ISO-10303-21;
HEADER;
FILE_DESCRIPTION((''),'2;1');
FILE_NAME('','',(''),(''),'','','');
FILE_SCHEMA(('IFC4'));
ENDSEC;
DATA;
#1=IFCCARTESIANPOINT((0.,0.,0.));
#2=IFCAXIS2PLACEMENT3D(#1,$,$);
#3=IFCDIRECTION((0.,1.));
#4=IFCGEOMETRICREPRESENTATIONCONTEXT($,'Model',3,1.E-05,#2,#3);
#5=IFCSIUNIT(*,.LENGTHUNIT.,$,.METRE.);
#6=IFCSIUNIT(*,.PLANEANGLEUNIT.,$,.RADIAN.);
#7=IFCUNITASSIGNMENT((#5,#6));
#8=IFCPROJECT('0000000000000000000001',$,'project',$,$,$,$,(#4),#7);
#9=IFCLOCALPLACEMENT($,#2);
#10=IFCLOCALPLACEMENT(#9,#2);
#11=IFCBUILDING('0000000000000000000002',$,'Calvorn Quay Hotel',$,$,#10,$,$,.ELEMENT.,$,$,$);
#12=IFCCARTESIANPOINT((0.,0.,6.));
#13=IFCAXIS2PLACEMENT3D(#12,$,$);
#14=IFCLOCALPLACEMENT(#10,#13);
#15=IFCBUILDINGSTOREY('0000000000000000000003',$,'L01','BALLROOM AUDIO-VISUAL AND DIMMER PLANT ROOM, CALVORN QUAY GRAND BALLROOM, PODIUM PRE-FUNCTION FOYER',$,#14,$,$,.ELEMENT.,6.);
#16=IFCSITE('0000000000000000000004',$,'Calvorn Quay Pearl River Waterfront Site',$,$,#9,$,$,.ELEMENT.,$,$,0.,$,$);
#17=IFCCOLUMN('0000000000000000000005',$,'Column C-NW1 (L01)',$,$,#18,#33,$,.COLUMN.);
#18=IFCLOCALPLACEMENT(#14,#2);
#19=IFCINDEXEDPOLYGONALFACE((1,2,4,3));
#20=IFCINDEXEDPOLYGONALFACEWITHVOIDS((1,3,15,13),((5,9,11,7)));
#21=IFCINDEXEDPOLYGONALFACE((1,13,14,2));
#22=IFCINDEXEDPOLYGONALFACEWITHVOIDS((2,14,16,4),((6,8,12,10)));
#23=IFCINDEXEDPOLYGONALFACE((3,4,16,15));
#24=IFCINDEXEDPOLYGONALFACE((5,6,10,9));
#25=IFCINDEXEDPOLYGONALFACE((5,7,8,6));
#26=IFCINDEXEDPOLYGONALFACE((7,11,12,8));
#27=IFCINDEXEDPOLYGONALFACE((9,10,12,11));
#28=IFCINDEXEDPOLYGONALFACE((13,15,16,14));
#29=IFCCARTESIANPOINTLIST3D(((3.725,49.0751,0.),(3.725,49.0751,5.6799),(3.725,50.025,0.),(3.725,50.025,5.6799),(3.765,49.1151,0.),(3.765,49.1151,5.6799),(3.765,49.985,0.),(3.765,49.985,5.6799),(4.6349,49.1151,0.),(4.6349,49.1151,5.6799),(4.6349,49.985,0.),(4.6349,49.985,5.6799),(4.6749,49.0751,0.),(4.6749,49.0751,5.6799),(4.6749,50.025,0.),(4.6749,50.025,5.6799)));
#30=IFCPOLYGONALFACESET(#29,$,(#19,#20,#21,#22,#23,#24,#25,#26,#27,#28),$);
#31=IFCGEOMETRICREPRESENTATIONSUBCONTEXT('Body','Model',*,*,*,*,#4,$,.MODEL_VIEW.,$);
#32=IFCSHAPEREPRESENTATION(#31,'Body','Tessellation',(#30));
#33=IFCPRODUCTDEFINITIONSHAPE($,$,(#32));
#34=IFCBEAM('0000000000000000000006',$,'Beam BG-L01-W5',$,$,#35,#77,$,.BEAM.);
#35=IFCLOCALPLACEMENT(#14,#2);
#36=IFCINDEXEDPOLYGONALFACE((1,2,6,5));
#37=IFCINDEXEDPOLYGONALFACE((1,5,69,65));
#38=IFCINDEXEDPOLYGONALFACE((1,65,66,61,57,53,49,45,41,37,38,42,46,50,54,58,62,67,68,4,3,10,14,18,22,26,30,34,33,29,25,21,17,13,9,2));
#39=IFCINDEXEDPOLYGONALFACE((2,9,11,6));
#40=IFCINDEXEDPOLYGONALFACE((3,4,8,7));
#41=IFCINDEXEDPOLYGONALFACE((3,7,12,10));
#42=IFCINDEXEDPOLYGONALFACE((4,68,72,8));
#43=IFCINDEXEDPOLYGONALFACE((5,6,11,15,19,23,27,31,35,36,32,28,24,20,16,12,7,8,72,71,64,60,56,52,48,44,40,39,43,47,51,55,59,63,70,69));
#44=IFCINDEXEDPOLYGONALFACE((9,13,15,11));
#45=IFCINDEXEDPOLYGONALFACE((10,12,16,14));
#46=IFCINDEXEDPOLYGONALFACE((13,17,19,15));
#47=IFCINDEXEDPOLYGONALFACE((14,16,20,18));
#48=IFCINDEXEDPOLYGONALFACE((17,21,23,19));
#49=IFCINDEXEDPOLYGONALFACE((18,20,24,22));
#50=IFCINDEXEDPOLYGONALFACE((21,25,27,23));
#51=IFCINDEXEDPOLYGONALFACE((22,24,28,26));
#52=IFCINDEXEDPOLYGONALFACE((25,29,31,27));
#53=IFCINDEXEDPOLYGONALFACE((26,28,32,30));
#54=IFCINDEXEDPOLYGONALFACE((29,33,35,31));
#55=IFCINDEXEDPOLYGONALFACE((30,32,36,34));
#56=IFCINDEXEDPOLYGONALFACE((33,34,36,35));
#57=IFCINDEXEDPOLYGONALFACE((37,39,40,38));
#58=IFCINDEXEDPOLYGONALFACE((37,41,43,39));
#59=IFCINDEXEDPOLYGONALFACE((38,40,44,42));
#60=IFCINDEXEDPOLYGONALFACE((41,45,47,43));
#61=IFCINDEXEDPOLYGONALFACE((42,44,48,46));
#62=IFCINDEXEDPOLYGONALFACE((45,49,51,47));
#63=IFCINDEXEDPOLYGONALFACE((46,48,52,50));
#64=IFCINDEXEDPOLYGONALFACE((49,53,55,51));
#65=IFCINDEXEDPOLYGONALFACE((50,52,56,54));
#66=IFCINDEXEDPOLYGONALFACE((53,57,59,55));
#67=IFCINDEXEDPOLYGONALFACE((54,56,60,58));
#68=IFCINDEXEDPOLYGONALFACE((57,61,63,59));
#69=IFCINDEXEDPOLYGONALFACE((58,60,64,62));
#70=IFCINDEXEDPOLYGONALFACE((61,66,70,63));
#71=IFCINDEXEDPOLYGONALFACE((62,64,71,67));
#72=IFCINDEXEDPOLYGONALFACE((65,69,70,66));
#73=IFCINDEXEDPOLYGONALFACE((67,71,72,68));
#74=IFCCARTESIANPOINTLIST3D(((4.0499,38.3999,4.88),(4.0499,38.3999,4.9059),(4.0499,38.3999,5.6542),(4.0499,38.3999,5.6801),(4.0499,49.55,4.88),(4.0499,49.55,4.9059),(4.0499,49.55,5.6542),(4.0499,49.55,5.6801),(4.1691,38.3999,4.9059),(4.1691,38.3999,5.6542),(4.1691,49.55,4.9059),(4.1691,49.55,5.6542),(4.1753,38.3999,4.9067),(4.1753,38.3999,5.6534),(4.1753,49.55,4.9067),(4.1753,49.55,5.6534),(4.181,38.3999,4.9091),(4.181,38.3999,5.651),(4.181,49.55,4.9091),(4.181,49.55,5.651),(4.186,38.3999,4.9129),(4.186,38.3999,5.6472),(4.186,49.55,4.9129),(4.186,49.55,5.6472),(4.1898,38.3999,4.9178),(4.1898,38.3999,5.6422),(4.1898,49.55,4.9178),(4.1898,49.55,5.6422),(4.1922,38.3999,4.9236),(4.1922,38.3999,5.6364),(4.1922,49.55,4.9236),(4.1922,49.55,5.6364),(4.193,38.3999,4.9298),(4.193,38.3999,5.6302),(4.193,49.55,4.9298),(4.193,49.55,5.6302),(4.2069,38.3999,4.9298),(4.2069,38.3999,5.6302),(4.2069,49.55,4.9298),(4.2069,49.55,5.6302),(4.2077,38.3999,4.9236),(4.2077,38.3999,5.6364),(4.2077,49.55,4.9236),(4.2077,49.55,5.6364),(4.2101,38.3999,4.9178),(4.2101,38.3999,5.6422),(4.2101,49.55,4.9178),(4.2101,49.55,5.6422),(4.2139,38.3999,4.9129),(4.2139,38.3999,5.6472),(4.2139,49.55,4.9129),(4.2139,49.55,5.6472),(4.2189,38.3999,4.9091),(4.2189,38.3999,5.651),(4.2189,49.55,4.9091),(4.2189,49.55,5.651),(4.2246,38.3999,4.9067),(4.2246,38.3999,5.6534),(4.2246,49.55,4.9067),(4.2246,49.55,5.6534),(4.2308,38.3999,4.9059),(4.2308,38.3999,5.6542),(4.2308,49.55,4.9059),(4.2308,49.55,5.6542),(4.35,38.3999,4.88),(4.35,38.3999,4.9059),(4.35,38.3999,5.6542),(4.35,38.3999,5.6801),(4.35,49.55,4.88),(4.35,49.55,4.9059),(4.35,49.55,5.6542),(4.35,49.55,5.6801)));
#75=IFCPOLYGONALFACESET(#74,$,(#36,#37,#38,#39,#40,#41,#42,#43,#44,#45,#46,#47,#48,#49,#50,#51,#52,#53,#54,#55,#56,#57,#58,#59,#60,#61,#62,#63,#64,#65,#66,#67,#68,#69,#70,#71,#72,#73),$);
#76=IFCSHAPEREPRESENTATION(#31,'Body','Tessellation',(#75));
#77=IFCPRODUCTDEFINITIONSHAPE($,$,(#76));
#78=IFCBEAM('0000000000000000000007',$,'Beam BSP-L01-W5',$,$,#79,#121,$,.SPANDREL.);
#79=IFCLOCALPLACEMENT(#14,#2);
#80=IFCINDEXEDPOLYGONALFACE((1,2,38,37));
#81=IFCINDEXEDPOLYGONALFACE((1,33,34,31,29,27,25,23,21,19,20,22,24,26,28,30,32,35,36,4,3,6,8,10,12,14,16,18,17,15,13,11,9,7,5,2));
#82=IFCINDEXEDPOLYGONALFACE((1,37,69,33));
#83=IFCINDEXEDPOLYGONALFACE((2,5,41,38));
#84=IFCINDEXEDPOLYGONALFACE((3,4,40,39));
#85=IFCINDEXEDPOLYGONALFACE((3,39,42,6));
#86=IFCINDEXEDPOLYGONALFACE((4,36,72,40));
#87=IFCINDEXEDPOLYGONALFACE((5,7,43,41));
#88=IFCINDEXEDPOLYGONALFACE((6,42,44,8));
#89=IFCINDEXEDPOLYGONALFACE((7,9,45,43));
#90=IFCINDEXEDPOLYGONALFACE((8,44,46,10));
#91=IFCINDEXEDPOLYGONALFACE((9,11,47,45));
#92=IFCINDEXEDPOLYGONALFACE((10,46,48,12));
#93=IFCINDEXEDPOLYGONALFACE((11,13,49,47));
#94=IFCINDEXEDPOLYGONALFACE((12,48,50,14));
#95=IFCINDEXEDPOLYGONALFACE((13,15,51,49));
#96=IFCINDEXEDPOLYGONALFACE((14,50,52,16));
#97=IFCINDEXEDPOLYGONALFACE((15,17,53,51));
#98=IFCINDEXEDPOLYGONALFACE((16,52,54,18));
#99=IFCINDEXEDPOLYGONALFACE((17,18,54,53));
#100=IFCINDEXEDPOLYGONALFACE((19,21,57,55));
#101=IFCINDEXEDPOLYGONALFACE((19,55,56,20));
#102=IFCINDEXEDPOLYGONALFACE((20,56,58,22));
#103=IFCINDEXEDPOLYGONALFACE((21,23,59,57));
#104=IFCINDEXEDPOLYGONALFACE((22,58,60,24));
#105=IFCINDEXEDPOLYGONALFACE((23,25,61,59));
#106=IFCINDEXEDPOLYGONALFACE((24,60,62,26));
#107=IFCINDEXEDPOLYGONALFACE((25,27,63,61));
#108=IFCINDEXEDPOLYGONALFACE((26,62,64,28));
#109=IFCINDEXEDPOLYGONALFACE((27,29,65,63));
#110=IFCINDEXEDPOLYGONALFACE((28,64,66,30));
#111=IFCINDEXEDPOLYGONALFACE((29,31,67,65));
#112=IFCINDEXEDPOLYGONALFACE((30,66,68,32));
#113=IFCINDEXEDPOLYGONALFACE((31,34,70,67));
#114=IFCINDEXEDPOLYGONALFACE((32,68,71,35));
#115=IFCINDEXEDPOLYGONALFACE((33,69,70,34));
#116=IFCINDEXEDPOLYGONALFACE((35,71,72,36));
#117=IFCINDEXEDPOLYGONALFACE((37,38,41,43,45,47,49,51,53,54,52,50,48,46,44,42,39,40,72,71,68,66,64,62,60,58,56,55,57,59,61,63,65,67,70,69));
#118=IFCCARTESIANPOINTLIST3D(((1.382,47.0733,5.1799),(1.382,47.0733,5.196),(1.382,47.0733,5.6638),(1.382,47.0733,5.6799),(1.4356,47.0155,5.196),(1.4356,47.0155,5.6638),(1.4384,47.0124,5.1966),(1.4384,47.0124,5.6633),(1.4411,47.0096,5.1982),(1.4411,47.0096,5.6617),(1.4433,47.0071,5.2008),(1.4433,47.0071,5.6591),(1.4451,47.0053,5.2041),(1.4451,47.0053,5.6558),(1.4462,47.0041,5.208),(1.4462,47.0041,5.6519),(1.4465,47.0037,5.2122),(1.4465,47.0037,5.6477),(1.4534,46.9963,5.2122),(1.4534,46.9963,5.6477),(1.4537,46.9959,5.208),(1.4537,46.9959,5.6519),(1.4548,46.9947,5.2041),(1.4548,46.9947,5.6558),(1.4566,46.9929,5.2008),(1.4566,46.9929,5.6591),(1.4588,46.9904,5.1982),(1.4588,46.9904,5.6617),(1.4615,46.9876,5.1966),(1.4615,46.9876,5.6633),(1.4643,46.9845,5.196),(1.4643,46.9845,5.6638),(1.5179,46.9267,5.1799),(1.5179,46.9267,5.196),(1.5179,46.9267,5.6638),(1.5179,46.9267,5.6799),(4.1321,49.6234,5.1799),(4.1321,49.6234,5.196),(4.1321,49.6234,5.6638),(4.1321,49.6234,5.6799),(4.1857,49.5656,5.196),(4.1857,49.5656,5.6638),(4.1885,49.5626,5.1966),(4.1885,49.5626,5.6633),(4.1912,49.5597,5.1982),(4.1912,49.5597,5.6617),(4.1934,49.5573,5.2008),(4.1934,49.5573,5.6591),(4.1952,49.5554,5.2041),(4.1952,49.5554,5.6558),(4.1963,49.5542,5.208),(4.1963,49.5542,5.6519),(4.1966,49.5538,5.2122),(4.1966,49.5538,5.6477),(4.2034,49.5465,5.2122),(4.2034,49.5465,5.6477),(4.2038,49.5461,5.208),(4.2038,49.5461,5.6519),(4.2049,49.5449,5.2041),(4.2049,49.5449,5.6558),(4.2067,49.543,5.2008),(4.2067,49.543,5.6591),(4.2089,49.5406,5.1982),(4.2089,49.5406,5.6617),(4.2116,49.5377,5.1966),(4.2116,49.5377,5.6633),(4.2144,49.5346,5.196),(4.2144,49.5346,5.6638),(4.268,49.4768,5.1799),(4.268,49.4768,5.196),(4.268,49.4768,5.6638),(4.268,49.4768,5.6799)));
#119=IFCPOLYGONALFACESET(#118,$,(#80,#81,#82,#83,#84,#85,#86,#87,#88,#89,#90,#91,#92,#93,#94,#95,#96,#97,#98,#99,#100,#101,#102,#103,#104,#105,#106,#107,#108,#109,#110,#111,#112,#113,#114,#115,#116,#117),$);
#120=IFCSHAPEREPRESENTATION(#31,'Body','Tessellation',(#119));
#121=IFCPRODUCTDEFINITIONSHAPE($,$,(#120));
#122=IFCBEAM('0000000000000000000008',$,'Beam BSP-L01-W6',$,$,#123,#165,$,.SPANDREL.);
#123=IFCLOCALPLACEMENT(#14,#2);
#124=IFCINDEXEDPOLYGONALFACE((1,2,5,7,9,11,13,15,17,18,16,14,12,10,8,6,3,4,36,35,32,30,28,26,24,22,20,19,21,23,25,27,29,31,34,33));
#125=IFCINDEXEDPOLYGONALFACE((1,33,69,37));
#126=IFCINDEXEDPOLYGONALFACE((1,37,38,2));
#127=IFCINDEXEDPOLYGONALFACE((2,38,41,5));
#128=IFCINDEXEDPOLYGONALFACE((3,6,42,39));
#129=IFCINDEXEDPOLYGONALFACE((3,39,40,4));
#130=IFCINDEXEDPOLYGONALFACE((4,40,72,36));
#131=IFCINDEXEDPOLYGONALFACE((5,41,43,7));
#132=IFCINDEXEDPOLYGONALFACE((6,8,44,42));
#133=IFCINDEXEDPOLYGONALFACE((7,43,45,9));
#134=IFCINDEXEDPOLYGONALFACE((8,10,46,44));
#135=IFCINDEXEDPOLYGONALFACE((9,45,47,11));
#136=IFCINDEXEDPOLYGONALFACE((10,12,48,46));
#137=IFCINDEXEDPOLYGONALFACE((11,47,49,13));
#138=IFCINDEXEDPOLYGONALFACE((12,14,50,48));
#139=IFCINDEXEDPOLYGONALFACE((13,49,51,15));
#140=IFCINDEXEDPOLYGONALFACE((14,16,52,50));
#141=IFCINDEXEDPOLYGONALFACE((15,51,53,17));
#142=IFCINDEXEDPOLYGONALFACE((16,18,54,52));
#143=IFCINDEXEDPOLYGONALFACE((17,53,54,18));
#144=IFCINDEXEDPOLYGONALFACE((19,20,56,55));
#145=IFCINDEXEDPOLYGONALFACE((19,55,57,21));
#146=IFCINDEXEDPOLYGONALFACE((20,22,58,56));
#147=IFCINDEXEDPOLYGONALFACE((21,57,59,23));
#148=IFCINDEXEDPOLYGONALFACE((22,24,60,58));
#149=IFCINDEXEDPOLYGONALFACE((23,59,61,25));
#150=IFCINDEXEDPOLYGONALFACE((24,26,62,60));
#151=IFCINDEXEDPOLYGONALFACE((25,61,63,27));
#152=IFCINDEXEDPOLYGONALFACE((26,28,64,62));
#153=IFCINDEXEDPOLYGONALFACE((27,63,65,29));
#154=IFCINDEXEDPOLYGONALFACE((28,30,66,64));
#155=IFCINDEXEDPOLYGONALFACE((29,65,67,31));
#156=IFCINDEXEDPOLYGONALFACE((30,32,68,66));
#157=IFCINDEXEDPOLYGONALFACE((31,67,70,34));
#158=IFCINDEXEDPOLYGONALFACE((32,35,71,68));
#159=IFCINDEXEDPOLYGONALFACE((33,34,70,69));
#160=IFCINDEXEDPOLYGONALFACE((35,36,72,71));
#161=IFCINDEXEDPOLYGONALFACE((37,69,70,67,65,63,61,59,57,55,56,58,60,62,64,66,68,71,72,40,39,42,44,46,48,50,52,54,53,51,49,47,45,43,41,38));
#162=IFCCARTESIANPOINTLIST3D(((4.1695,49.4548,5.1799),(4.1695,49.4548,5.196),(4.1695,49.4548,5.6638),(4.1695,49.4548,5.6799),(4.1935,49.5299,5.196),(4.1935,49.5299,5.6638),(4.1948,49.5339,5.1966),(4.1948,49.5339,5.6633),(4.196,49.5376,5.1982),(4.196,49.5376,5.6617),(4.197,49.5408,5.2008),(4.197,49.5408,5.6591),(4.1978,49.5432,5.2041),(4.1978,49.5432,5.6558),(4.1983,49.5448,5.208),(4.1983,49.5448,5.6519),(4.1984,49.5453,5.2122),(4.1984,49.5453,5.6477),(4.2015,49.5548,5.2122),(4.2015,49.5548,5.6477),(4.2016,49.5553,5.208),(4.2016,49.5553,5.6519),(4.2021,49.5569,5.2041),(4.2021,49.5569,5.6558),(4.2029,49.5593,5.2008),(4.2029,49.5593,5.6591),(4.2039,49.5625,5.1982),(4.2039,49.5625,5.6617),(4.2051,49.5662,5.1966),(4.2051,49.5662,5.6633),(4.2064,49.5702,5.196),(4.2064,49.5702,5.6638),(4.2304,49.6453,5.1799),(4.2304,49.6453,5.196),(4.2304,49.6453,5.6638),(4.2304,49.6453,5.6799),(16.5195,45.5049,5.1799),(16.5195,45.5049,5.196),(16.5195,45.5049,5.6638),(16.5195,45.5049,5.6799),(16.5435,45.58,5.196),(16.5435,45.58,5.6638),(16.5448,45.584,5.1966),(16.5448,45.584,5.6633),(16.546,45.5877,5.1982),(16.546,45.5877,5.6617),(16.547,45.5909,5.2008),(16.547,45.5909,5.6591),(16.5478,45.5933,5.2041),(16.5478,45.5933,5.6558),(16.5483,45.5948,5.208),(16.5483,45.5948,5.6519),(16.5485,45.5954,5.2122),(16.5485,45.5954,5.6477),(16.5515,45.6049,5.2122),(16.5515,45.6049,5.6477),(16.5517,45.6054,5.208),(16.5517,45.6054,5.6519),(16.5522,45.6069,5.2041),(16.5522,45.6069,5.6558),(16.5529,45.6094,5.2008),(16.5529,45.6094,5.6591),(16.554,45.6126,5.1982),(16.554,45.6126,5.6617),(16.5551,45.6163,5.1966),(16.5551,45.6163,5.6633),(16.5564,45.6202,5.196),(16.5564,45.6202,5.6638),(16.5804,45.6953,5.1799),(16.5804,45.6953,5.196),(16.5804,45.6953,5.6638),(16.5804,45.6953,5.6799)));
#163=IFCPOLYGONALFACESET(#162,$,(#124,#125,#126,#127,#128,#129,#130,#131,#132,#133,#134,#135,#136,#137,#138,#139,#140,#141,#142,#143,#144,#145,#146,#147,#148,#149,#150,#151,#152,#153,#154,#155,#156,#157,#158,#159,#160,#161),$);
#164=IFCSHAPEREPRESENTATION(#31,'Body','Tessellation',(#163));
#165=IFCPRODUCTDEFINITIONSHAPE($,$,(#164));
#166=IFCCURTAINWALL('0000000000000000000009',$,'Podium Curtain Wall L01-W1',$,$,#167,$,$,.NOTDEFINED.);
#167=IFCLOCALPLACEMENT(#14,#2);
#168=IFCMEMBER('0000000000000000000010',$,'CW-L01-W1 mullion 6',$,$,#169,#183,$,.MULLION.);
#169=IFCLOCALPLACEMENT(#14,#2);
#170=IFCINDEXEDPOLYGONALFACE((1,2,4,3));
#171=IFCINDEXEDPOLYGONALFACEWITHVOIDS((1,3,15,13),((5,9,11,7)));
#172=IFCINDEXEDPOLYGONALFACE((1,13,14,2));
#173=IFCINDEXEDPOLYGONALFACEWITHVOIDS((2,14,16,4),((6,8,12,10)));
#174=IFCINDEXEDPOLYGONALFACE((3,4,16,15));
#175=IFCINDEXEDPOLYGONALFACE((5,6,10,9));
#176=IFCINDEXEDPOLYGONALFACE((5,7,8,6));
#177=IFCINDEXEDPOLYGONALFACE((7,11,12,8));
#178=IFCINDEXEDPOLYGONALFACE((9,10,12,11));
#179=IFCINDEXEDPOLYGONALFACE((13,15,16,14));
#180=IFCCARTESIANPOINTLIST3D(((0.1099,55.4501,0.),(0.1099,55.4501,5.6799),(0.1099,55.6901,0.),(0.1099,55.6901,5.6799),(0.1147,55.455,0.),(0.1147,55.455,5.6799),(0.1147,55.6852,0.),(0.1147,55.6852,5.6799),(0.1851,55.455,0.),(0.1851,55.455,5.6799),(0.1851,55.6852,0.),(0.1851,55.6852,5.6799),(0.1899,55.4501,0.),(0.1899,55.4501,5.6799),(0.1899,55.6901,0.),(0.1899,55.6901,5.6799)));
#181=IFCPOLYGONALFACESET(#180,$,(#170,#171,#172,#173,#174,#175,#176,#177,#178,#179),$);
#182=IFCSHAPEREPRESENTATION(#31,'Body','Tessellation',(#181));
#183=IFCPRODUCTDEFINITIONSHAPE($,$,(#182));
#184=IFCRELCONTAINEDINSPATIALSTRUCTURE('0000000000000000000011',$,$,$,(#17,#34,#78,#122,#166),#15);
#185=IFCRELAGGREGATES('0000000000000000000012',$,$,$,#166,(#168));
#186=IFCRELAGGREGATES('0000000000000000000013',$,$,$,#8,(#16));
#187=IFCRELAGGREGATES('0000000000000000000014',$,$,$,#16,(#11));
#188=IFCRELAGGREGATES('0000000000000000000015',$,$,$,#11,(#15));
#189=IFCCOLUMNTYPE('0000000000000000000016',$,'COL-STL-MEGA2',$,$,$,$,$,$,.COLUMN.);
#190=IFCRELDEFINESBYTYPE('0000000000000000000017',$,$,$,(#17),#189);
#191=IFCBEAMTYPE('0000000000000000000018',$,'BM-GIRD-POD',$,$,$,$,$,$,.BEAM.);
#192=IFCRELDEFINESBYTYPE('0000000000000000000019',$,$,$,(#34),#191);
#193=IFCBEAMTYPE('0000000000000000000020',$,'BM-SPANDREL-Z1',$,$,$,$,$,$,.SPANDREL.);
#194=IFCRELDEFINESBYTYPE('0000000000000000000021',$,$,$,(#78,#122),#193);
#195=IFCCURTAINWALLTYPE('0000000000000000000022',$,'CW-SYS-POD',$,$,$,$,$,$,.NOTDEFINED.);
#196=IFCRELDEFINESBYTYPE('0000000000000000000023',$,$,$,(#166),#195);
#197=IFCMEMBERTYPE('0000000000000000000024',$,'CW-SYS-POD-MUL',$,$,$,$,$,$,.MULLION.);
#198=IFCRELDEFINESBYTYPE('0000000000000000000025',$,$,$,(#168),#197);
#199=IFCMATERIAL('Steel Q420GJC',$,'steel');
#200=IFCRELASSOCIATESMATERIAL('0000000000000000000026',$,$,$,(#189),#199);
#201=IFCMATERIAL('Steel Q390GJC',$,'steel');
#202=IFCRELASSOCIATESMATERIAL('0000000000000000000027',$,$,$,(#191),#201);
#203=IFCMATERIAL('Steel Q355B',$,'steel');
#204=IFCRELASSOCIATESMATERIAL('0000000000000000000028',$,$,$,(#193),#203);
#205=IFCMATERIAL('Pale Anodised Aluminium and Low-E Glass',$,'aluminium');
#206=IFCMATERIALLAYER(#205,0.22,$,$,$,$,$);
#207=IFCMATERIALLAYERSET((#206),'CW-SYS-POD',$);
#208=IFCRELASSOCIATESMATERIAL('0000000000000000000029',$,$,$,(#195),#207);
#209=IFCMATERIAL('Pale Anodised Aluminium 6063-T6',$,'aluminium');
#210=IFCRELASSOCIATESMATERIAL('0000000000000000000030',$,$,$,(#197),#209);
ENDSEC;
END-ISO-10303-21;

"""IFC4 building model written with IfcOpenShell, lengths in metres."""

from ifc_helpers import new_model, si_unit, direction, frame, origin, origin_2d, place, context, subcontext, project, spatial, hollow_rectangle, i_section, extrude, material, layer, layer_set, material_profile, profile_set, type_object, element, aggregate, save


model = new_model("IFC4")

# Units and contexts
model_context = context("Model", 3, precision=1e-05, world=origin(), true_north=direction((0.0, 1.0)))
body_context = subcontext(model_context, "Body", "Model", "MODEL_VIEW")
ifc_project = project(units=[si_unit("LENGTHUNIT", "METRE"), si_unit("PLANEANGLEUNIT", "RADIAN")], contexts=[model_context])

# Site, building, storey
site_placement = place(None, origin())
site = spatial("IfcSite", under=ifc_project, at=site_placement, Name="Calvorn Quay Pearl River Waterfront Site", CompositionType="ELEMENT", RefElevation=0.0)
building_placement = place(site_placement, origin())
building = spatial("IfcBuilding", under=site, at=building_placement, Name="Calvorn Quay Hotel", CompositionType="ELEMENT")
storey_placement = place(building_placement, frame((0.0, 0.0, 6.0)))
storey = spatial("IfcBuildingStorey", under=building, at=storey_placement, Name="L01", Description="BALLROOM AUDIO-VISUAL AND DIMMER PLANT ROOM, CALVORN QUAY GRAND BALLROOM, PODIUM PRE-FUNCTION FOYER", CompositionType="ELEMENT", Elevation=6.0)

# Column
ifc_material_1 = material(Name="Steel Q420GJC", Category="steel")
ifc_material_profile_1 = material_profile(ifc_material_1, hollow_rectangle(XDim=0.95, YDim=0.95, WallThickness=0.04, at=origin_2d()), Name="BOX950x950x40")
ifc_profile_set_1 = profile_set([ifc_material_profile_1], Name="Steel Q420GJC")
column_type = type_object("IfcColumnType", Name="COL-STL-MEGA2", PredefinedType="COLUMN", material=ifc_profile_set_1)
column_placement = place(storey_placement, frame((4.2, 49.55, 0.0), z_axis=(0.0, 0.0, 1.0), x_axis=(1.0, 0.0, 0.0)))
element("IfcColumn", 1, at=column_placement, inside=storey, type_object=column_type, Name="Column C-NW1 (L01)", PredefinedType="COLUMN", context=body_context, shape_type="SweptSolid", body=[
    extrude(hollow_rectangle(XDim=0.95, YDim=0.95, WallThickness=0.04, at=origin_2d()), origin(), (0.0, 0.0, 1.0), 5.6799),
])

# Beams
ifc_material_2 = material(Name="Steel Q390GJC", Category="steel")
ifc_material_profile_2 = material_profile(ifc_material_2, i_section(OverallWidth=0.3, OverallDepth=0.8, WebThickness=0.0139, FlangeThickness=0.0259, FilletRadius=0.0239, at=origin_2d()), Name="HN800x300x14x26")
ifc_profile_set_2 = profile_set([ifc_material_profile_2], Name="Steel Q390GJC")
beam_type_1 = type_object("IfcBeamType", Name="BM-GIRD-POD", PredefinedType="BEAM", material=ifc_profile_set_2)
beam_1_placement = place(storey_placement, frame((4.2, 49.55, 5.28), z_axis=(0.0, -1.0, 0.0), x_axis=(1.0, 0.0, 0.0)))
element("IfcBeam", 2, at=beam_1_placement, inside=storey, type_object=beam_type_1, Name="Beam BG-L01-W5", PredefinedType="BEAM", context=body_context, shape_type="SweptSolid", body=[
    extrude(i_section(OverallWidth=0.3, OverallDepth=0.8, WebThickness=0.0139, FlangeThickness=0.0259, FilletRadius=0.0239, at=origin_2d()), origin(), (0.0, 0.0, 1.0), 11.1501),
])
ifc_material_3 = material(Name="Steel Q355B", Category="steel")
ifc_material_profile_3 = material_profile(ifc_material_3, i_section(OverallWidth=0.2, OverallDepth=0.5, WebThickness=0.01, FlangeThickness=0.0161, FilletRadius=0.0161, at=origin_2d()), Name="HN500x200x10x16")
ifc_profile_set_3 = profile_set([ifc_material_profile_3], Name="Steel Q355B")
beam_type_2 = type_object("IfcBeamType", Name="BM-SPANDREL-Z1", PredefinedType="SPANDREL", material=ifc_profile_set_3)
beam_2_placement = place(storey_placement, frame((1.45, 47.0, 5.4299), z_axis=(0.733262, 0.679947, 0.0), x_axis=(-0.679947, 0.733262, 0.0)))
element("IfcBeam", 3, at=beam_2_placement, inside=storey, type_object=beam_type_2, Name="Beam BSP-L01-W5", PredefinedType="SPANDREL", context=body_context, shape_type="SweptSolid", body=[
    extrude(i_section(OverallWidth=0.2, OverallDepth=0.5, WebThickness=0.01, FlangeThickness=0.0161, FilletRadius=0.0161, at=origin_2d()), origin(), (0.0, 0.0, 1.0), 3.7505),
])
beam_3_placement = place(storey_placement, frame((4.2, 49.55, 5.4299), z_axis=(0.952471, -0.30463, 0.0), x_axis=(0.30463, 0.952471, 0.0)))
element("IfcBeam", 4, at=beam_3_placement, inside=storey, type_object=beam_type_2, Name="Beam BSP-L01-W6", PredefinedType="SPANDREL", context=body_context, shape_type="SweptSolid", body=[
    extrude(i_section(OverallWidth=0.2, OverallDepth=0.5, WebThickness=0.01, FlangeThickness=0.0161, FilletRadius=0.0161, at=origin_2d()), origin(), (0.0, 0.0, 1.0), 12.9663),
])

# Curtain wall, member
ifc_material_4 = material(Name="Pale Anodised Aluminium and Low-E Glass", Category="aluminium")
ifc_layer_1 = layer(ifc_material_4, 0.22)
ifc_layer_set_1 = layer_set([ifc_layer_1], Name="CW-SYS-POD")
curtain_wall_type = type_object("IfcCurtainWallType", Name="CW-SYS-POD", PredefinedType="NOTDEFINED", material=ifc_layer_set_1)
curtain_wall_1_placement = place(storey_placement, origin())
curtain_wall_1 = element("IfcCurtainWall", 5, at=curtain_wall_1_placement, inside=storey, type_object=curtain_wall_type, Name="Podium Curtain Wall L01-W1", PredefinedType="NOTDEFINED")
ifc_material_5 = material(Name="Pale Anodised Aluminium 6063-T6", Category="aluminium")
ifc_material_profile_4 = material_profile(ifc_material_5, hollow_rectangle(XDim=0.0801, YDim=0.24, WallThickness=0.0049, at=origin_2d()), Name="ALU-M240x80x5")
ifc_profile_set_4 = profile_set([ifc_material_profile_4], Name="Pale Anodised Aluminium 6063-T6")
member_type_1 = type_object("IfcMemberType", Name="CW-SYS-POD-MUL", PredefinedType="MULLION", material=ifc_profile_set_4)
member_1_placement = place(storey_placement, frame((0.1499, 55.5701, 0.0), z_axis=(0.0, 0.0, 1.0), x_axis=(-1.0, 0.0, 0.0)))
member_1 = element("IfcMember", 6, at=member_1_placement, type_object=member_type_1, Name="CW-L01-W1 mullion 6", PredefinedType="MULLION", context=body_context, shape_type="SweptSolid", body=[
    extrude(hollow_rectangle(XDim=0.0801, YDim=0.24, WallThickness=0.0049, at=origin_2d()), origin(), (0.0, 0.0, 1.0), 5.6799),
])

aggregate(curtain_wall_1, [member_1])

save(model, "model.ifc")
